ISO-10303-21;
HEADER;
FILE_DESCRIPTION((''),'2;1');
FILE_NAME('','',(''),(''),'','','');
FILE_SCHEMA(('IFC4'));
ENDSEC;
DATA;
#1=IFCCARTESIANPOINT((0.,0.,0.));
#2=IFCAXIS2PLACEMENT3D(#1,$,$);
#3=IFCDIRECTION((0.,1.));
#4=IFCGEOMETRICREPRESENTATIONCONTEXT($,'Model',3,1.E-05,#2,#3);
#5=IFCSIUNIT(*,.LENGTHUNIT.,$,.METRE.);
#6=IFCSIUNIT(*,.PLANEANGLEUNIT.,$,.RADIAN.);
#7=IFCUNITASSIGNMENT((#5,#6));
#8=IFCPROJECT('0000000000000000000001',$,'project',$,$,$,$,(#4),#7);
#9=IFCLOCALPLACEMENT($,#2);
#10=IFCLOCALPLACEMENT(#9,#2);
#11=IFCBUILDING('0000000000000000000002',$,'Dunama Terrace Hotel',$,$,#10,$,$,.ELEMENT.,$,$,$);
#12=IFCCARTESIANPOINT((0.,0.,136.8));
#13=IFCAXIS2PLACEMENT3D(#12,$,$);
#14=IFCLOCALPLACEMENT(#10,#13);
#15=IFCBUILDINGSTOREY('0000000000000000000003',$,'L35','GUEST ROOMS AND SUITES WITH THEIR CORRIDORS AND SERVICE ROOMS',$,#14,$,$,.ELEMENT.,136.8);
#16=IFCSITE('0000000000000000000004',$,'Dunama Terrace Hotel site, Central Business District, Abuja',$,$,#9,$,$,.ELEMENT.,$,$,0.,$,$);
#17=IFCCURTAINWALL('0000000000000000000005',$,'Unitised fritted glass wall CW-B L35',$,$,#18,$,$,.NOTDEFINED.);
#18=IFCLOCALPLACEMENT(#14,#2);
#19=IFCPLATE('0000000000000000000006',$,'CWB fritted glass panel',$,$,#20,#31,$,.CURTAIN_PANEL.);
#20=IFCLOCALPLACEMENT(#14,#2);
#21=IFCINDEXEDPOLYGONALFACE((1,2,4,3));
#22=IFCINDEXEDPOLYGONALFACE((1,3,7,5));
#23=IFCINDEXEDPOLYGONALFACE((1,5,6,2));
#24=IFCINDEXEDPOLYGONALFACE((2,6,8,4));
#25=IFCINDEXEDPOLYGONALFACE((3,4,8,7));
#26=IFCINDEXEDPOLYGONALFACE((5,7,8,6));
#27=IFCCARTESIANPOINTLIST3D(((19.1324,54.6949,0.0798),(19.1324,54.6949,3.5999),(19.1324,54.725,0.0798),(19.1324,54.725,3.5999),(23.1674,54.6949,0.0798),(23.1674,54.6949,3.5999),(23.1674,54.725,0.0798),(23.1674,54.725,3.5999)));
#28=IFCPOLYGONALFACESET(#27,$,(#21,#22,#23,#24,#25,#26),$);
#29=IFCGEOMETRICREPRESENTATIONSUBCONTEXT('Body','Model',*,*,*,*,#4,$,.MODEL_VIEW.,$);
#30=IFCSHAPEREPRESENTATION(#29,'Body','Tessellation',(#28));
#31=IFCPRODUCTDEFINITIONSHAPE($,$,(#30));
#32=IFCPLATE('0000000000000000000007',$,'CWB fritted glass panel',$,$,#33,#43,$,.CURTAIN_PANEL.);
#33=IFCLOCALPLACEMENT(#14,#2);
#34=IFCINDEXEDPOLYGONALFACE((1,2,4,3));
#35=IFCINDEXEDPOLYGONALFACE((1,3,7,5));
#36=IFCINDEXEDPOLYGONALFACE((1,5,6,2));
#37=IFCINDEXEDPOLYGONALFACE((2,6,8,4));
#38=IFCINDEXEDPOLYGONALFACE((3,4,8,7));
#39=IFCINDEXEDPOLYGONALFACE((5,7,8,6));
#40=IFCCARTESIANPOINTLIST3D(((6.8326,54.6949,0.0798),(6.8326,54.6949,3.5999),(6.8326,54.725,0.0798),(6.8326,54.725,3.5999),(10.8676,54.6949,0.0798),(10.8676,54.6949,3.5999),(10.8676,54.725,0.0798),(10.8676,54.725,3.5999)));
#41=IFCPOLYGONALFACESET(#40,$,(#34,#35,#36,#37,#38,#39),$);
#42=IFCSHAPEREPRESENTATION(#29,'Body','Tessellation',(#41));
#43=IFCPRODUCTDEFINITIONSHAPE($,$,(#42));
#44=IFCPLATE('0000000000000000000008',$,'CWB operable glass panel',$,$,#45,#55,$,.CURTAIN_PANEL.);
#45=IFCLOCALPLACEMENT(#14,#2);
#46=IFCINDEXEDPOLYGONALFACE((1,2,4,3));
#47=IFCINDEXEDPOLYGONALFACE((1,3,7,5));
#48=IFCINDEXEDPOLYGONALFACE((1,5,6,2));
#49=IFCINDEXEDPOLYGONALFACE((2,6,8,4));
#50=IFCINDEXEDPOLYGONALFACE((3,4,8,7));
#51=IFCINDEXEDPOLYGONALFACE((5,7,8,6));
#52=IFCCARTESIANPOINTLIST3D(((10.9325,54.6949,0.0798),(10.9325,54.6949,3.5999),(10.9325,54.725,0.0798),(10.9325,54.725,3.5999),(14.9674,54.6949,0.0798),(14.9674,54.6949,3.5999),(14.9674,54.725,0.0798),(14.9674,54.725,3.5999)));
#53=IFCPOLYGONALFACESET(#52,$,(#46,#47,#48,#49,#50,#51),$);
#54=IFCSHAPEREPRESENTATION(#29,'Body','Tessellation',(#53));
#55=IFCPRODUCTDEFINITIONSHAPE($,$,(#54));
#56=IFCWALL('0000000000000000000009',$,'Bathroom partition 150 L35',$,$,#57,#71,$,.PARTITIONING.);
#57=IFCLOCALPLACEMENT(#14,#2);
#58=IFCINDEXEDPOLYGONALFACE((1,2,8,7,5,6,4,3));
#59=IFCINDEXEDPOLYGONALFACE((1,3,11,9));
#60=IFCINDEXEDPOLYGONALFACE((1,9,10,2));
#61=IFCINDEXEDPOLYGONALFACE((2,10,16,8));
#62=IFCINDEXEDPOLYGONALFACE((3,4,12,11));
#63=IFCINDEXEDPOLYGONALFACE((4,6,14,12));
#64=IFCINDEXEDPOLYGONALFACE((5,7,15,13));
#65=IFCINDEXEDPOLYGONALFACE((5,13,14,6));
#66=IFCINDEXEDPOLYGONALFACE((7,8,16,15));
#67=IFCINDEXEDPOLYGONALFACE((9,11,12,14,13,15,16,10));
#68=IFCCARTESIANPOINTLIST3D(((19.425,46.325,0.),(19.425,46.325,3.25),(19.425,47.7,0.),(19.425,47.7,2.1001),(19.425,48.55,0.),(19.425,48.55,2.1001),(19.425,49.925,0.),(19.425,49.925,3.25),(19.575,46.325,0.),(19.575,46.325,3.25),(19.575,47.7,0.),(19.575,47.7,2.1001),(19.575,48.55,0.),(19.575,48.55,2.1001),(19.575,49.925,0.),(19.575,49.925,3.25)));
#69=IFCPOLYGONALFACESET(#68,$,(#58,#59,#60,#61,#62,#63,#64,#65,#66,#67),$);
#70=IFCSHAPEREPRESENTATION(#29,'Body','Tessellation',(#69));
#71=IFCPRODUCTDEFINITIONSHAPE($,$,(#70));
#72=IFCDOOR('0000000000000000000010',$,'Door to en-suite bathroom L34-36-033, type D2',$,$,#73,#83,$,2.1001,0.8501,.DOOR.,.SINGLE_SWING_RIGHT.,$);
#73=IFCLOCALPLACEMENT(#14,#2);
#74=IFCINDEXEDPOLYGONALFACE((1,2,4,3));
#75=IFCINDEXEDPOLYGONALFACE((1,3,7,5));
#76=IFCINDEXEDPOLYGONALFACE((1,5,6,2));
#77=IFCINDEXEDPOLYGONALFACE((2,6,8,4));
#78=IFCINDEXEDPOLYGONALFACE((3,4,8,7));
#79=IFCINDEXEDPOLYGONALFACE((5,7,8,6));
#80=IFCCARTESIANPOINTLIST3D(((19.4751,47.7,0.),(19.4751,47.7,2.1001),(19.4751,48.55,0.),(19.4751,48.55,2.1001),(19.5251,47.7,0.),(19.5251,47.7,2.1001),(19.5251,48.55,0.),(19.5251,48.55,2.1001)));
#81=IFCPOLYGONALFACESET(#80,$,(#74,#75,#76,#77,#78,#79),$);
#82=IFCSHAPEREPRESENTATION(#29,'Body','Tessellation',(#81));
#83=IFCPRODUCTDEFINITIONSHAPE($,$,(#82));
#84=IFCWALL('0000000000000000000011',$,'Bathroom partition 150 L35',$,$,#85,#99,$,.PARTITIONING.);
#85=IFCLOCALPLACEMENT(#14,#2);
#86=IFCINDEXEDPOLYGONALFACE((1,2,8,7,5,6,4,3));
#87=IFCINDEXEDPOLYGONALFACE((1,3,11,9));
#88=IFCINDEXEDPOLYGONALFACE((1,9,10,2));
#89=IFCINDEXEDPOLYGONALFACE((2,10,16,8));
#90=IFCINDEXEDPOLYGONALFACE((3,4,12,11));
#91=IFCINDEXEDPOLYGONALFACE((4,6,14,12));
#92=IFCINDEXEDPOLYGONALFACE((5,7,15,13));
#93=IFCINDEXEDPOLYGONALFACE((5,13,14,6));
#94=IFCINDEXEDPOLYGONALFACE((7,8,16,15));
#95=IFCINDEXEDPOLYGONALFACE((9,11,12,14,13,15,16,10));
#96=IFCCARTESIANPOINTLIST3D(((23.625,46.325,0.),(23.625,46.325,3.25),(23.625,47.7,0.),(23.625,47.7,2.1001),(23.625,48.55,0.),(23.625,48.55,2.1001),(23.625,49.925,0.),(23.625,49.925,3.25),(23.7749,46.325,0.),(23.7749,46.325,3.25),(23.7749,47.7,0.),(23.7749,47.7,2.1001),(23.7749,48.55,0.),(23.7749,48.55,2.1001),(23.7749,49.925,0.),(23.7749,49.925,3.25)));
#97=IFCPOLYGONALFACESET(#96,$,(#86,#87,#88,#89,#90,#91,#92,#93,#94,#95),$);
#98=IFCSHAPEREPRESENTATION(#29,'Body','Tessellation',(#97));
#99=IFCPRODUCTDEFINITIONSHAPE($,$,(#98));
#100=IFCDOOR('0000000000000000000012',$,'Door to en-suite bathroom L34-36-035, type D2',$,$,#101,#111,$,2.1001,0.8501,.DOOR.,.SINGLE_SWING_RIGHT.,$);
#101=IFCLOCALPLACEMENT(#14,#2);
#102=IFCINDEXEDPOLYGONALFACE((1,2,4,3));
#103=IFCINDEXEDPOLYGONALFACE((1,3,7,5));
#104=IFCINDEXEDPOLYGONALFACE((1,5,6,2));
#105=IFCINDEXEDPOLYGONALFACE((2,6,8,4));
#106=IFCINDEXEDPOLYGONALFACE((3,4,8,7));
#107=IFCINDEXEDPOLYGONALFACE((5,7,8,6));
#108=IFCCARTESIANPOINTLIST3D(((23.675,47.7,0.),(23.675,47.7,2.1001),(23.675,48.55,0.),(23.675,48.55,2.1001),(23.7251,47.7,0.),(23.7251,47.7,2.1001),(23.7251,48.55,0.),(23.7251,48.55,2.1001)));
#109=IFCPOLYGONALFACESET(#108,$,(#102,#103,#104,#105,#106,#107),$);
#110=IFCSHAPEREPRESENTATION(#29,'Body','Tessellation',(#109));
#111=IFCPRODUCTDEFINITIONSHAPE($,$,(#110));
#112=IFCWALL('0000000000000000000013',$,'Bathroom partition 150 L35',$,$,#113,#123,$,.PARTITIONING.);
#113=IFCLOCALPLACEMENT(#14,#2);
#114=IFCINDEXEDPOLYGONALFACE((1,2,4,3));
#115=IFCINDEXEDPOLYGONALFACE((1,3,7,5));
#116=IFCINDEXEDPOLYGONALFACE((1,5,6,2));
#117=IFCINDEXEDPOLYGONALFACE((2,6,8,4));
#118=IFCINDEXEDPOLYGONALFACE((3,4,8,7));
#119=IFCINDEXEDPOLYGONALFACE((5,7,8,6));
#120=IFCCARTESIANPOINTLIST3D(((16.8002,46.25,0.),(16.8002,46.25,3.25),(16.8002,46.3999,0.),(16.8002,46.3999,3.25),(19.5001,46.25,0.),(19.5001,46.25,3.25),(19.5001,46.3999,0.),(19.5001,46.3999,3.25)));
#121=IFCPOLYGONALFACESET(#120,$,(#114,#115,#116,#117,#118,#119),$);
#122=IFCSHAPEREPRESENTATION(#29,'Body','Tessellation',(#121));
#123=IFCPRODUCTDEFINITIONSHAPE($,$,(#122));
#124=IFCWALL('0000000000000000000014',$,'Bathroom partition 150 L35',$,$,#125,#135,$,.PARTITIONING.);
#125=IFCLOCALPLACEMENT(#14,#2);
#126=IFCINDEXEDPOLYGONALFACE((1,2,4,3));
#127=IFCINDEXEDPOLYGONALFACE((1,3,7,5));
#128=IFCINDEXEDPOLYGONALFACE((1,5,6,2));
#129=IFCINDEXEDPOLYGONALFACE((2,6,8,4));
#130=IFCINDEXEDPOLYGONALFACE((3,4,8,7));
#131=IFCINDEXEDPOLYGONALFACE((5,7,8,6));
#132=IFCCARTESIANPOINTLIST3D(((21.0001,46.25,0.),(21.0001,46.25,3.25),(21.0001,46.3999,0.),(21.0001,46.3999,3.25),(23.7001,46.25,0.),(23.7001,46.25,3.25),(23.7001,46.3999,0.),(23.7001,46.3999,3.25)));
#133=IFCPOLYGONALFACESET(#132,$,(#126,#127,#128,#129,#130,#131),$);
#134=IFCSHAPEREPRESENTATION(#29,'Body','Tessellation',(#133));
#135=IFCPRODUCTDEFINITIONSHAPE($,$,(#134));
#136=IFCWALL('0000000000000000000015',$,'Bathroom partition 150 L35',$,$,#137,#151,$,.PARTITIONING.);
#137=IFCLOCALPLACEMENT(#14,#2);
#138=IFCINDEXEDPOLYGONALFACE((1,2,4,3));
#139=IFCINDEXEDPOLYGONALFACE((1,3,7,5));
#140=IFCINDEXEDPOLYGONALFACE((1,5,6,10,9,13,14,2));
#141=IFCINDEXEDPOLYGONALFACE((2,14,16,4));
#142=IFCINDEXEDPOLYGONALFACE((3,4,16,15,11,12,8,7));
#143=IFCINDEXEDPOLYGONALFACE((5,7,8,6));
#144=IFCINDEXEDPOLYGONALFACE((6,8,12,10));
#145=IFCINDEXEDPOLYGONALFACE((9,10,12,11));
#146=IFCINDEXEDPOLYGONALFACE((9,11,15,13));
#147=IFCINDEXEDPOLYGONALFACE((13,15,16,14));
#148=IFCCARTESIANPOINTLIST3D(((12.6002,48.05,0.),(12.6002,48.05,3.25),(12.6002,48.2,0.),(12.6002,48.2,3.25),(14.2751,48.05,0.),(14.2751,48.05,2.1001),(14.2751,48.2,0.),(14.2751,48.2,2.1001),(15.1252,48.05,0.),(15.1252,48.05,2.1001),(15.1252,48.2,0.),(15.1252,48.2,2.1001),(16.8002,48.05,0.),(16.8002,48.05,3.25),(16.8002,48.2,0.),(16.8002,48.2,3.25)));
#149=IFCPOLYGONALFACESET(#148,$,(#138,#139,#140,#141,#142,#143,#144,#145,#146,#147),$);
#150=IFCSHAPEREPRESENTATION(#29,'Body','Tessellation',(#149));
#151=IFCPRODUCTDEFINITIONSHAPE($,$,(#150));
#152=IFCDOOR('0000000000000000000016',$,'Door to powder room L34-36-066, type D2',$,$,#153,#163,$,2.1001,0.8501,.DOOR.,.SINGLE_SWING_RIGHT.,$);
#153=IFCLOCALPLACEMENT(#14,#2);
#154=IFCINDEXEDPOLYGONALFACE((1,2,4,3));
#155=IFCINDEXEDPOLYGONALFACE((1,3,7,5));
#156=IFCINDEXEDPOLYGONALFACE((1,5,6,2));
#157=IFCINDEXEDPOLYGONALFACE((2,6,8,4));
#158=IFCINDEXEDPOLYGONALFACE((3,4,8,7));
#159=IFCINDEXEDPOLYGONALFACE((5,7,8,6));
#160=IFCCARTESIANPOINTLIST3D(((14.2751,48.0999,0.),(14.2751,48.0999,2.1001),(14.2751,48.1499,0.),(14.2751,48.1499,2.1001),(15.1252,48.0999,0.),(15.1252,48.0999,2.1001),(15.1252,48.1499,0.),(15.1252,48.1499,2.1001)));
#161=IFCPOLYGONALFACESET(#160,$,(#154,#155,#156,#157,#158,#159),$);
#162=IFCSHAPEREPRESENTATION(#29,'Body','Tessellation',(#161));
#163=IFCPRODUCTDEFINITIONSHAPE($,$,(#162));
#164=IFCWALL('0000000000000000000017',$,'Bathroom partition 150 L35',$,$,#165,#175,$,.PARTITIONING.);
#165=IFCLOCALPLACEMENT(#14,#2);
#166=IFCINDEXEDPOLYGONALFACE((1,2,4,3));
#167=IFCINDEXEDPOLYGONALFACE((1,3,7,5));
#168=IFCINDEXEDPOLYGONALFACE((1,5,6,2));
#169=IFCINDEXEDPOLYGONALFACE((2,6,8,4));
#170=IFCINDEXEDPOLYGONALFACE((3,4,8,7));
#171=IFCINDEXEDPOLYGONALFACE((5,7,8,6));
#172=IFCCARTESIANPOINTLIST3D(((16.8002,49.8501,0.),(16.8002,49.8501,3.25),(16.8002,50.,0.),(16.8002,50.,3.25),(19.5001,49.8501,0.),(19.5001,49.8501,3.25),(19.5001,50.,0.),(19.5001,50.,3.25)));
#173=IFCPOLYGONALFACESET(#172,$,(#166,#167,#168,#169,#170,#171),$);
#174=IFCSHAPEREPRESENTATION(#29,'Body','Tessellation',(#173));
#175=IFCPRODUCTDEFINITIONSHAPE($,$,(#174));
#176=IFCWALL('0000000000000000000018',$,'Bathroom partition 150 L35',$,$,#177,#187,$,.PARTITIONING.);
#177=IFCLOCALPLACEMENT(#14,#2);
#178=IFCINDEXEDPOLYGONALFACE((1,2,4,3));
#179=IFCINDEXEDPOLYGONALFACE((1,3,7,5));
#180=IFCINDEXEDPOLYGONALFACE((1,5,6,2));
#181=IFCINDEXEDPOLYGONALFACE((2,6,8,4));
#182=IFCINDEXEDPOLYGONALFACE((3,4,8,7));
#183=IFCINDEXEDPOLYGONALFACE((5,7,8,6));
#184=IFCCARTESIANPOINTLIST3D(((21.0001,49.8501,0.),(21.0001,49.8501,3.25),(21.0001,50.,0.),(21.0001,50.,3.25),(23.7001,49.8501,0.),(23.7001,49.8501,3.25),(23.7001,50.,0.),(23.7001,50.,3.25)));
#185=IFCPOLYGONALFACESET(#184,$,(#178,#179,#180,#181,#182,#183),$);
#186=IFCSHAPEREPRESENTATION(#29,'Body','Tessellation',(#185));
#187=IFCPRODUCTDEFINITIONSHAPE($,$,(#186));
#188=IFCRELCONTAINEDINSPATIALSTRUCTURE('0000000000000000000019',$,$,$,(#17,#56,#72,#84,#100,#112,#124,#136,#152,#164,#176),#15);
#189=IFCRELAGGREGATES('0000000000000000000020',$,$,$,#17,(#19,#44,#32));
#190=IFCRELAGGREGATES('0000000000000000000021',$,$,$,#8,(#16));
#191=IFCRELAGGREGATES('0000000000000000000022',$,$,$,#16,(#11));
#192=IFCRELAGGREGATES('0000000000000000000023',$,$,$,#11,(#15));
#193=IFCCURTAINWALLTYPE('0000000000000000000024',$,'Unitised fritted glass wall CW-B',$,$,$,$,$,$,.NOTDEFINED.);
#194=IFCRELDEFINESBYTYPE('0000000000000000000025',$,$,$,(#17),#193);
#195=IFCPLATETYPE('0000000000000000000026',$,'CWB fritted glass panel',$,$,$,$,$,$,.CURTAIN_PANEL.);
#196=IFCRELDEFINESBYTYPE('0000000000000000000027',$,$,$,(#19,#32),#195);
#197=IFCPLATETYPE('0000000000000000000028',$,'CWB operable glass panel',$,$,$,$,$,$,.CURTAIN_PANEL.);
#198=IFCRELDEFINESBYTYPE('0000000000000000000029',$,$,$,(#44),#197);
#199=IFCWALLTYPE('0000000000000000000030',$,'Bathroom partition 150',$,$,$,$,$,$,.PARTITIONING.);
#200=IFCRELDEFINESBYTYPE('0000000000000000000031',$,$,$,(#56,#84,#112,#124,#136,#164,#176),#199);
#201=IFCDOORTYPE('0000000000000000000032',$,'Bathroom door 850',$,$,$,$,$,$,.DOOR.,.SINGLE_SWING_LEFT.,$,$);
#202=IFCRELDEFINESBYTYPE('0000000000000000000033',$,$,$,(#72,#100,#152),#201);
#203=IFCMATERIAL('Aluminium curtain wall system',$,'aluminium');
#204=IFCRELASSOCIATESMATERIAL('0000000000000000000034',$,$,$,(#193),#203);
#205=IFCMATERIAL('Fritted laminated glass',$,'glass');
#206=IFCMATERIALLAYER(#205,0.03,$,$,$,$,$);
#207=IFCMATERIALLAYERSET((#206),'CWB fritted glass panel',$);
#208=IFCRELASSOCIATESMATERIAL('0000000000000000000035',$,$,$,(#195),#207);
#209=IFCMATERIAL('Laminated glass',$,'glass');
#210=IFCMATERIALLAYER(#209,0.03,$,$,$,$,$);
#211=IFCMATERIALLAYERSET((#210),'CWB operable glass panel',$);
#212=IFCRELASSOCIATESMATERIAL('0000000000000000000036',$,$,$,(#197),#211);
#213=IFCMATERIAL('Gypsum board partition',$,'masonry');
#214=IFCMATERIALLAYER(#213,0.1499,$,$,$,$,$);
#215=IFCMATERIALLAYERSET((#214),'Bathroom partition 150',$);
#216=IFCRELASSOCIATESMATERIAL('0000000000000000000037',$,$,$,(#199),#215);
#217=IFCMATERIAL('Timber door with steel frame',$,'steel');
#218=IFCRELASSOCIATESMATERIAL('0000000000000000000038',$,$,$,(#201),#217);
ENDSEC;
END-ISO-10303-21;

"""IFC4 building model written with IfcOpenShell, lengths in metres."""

from ifc_helpers import new_model, si_unit, direction, frame, frame_2d, origin, origin_2d, place, context, subcontext, project, spatial, rectangle, extrude, material, layer, layer_set, type_object, element, fill, aggregate, save


model = new_model("IFC4")

# Units and contexts
model_context = context("Model", 3, precision=1e-05, world=origin(), true_north=direction((0.0, 1.0)))
body_context = subcontext(model_context, "Body", "Model", "MODEL_VIEW")
ifc_project = project(units=[si_unit("LENGTHUNIT", "METRE"), si_unit("PLANEANGLEUNIT", "RADIAN")], contexts=[model_context])

# Site, building, storey
site_placement = place(None, origin())
site = spatial("IfcSite", under=ifc_project, at=site_placement, Name="Dunama Terrace Hotel site, Central Business District, Abuja", CompositionType="ELEMENT", RefElevation=0.0)
building_placement = place(site_placement, origin())
building = spatial("IfcBuilding", under=site, at=building_placement, Name="Dunama Terrace Hotel", CompositionType="ELEMENT")
storey_placement = place(building_placement, frame((0.0, 0.0, 136.8)))
storey = spatial("IfcBuildingStorey", under=building, at=storey_placement, Name="L35", Description="GUEST ROOMS AND SUITES WITH THEIR CORRIDORS AND SERVICE ROOMS", CompositionType="ELEMENT", Elevation=136.8)

# Curtain wall
ifc_material_1 = material(Name="Aluminium curtain wall system", Category="aluminium")
curtain_wall_type = type_object("IfcCurtainWallType", Name="Unitised fritted glass wall CW-B", PredefinedType="NOTDEFINED", material=ifc_material_1)
curtain_wall_placement = place(storey_placement, origin())
curtain_wall = element("IfcCurtainWall", 1, at=curtain_wall_placement, inside=storey, type_object=curtain_wall_type, Name="Unitised fritted glass wall CW-B L35", PredefinedType="NOTDEFINED")

# Plates
ifc_material_2 = material(Name="Fritted laminated glass", Category="glass")
ifc_layer_1 = layer(ifc_material_2, 0.03)
ifc_layer_set_1 = layer_set([ifc_layer_1], Name="CWB fritted glass panel")
plate_type_1 = type_object("IfcPlateType", Name="CWB fritted glass panel", PredefinedType="CURTAIN_PANEL", material=ifc_layer_set_1)
plate_1_placement = place(storey_placement, frame((21.1499, 54.71, 0.0798), z_axis=(0.0, 0.0, 1.0), x_axis=(-1.0, 0.0, 0.0)))
plate_1 = element("IfcPlate", 2, at=plate_1_placement, type_object=plate_type_1, Name="CWB fritted glass panel", PredefinedType="CURTAIN_PANEL", context=body_context, shape_type="SweptSolid", body=[
    extrude(rectangle(XDim=4.0349, YDim=0.03, at=origin_2d()), origin(), (0.0, 0.0, 1.0), 3.52),
])
plate_2_placement = place(storey_placement, frame((8.8501, 54.71, 0.0798), z_axis=(0.0, 0.0, 1.0), x_axis=(-1.0, 0.0, 0.0)))
plate_2 = element("IfcPlate", 3, at=plate_2_placement, type_object=plate_type_1, Name="CWB fritted glass panel", PredefinedType="CURTAIN_PANEL", context=body_context, shape_type="SweptSolid", body=[
    extrude(rectangle(XDim=4.0349, YDim=0.03, at=origin_2d()), origin(), (0.0, 0.0, 1.0), 3.52),
])
ifc_material_3 = material(Name="Laminated glass", Category="glass")
ifc_layer_2 = layer(ifc_material_3, 0.03)
ifc_layer_set_2 = layer_set([ifc_layer_2], Name="CWB operable glass panel")
plate_type_2 = type_object("IfcPlateType", Name="CWB operable glass panel", PredefinedType="CURTAIN_PANEL", material=ifc_layer_set_2)
plate_3_placement = place(storey_placement, frame((12.95, 54.71, 0.0798), z_axis=(0.0, 0.0, 1.0), x_axis=(-1.0, 0.0, 0.0)))
plate_3 = element("IfcPlate", 4, at=plate_3_placement, type_object=plate_type_2, Name="CWB operable glass panel", PredefinedType="CURTAIN_PANEL", context=body_context, shape_type="SweptSolid", body=[
    extrude(rectangle(XDim=4.0349, YDim=0.03, at=origin_2d()), origin(), (0.0, 0.0, 1.0), 3.52),
])
aggregate(curtain_wall, [plate_1, plate_3, plate_2])

# Walls, openings, doors
ifc_material_4 = material(Name="Gypsum board partition", Category="masonry")
ifc_layer_3 = layer(ifc_material_4, 0.1499)
ifc_layer_set_3 = layer_set([ifc_layer_3], Name="Bathroom partition 150")
wall_type = type_object("IfcWallType", Name="Bathroom partition 150", PredefinedType="PARTITIONING", material=ifc_layer_set_3)
wall_1_placement = place(storey_placement, frame((19.5, 46.325, 0.0), z_axis=(0.0, 0.0, 1.0), x_axis=(0.0, 1.0, 0.0)))
wall_1 = element("IfcWall", 5, at=wall_1_placement, inside=storey, type_object=wall_type, Name="Bathroom partition 150 L35", PredefinedType="PARTITIONING", context=body_context, shape_type="SweptSolid", body=[
    extrude(rectangle(XDim=3.6001, YDim=0.1499, at=frame_2d((1.8, 0.0))), origin(), (0.0, 0.0, 1.0), 3.25),
])
opening_1_placement = place(wall_1_placement, frame((1.375, 0.0, 0.0)))
opening_1 = element("IfcOpeningElement", 6, at=opening_1_placement, cuts=wall_1, PredefinedType="OPENING", context=body_context, shape_type="SweptSolid", body=[
    extrude(rectangle(XDim=0.8501, YDim=2.1001, at=frame_2d((0.425, 1.05))), frame((0.0, 0.085, 0.0), z_axis=(0.0, -1.0, 0.0), x_axis=(1.0, 0.0, 0.0)), (0.0, 0.0, 1.0), 0.1699),
])
ifc_material_5 = material(Name="Timber door with steel frame", Category="steel")
door_type = type_object("IfcDoorType", Name="Bathroom door 850", OperationType="SINGLE_SWING_LEFT", PredefinedType="DOOR", material=ifc_material_5)
door_1_placement = place(opening_1_placement, origin())
door_1 = element("IfcDoor", 7, at=door_1_placement, inside=storey, type_object=door_type, Name="Door to en-suite bathroom L34-36-033, type D2", OperationType="SINGLE_SWING_RIGHT", OverallHeight=2.1001, OverallWidth=0.8501, PredefinedType="DOOR", context=body_context, shape_type="SweptSolid", body=[
    extrude(rectangle(XDim=0.8501, YDim=2.1001, at=frame_2d((0.425, 1.05))), frame((0.0, 0.0249, 0.0), z_axis=(0.0, -1.0, 0.0), x_axis=(1.0, 0.0, 0.0)), (0.0, 0.0, 1.0), 0.05),
])
fill(opening_1, door_1)
wall_2_placement = place(storey_placement, frame((23.7, 46.325, 0.0), z_axis=(0.0, 0.0, 1.0), x_axis=(0.0, 1.0, 0.0)))
wall_2 = element("IfcWall", 8, at=wall_2_placement, inside=storey, type_object=wall_type, Name="Bathroom partition 150 L35", PredefinedType="PARTITIONING", context=body_context, shape_type="SweptSolid", body=[
    extrude(rectangle(XDim=3.6001, YDim=0.1499, at=frame_2d((1.8, 0.0))), origin(), (0.0, 0.0, 1.0), 3.25),
])
opening_2_placement = place(wall_2_placement, frame((1.375, 0.0, 0.0)))
opening_2 = element("IfcOpeningElement", 9, at=opening_2_placement, cuts=wall_2, PredefinedType="OPENING", context=body_context, shape_type="SweptSolid", body=[
    extrude(rectangle(XDim=0.8501, YDim=2.1001, at=frame_2d((0.425, 1.05))), frame((0.0, 0.085, 0.0), z_axis=(0.0, -1.0, 0.0), x_axis=(1.0, 0.0, 0.0)), (0.0, 0.0, 1.0), 0.1699),
])
door_2_placement = place(opening_2_placement, origin())
door_2 = element("IfcDoor", 10, at=door_2_placement, inside=storey, type_object=door_type, Name="Door to en-suite bathroom L34-36-035, type D2", OperationType="SINGLE_SWING_RIGHT", OverallHeight=2.1001, OverallWidth=0.8501, PredefinedType="DOOR", context=body_context, shape_type="SweptSolid", body=[
    extrude(rectangle(XDim=0.8501, YDim=2.1001, at=frame_2d((0.425, 1.05))), frame((0.0, 0.0249, 0.0), z_axis=(0.0, -1.0, 0.0), x_axis=(1.0, 0.0, 0.0)), (0.0, 0.0, 1.0), 0.05),
])
fill(opening_2, door_2)

# Walls
for number, where, z_axis, x_axis, name in (
    (11, (16.8, 46.325, 0.0), (0.0, 0.0, 1.0), (1.0, 0.0, 0.0), "Bathroom partition 150 L35"),
    (12, (21.0, 46.325, 0.0), (0.0, 0.0, 1.0), (1.0, 0.0, 0.0), "Bathroom partition 150 L35"),
):
    element("IfcWall", number, at=place(storey_placement, frame(where, z_axis=z_axis, x_axis=x_axis)), inside=storey, type_object=wall_type, Name=name, PredefinedType="PARTITIONING", context=body_context, shape_type="SweptSolid", body=[
        extrude(rectangle(XDim=2.7, YDim=0.1499, at=frame_2d((1.3501, 0.0))), origin(), (0.0, 0.0, 1.0), 3.25),
    ])

# Wall, opening, door
wall_3_placement = place(storey_placement, frame((12.6001, 48.125, 0.0), z_axis=(0.0, 0.0, 1.0), x_axis=(1.0, 0.0, 0.0)))
wall_3 = element("IfcWall", 13, at=wall_3_placement, inside=storey, type_object=wall_type, Name="Bathroom partition 150 L35", PredefinedType="PARTITIONING", context=body_context, shape_type="SweptSolid", body=[
    extrude(rectangle(XDim=4.2, YDim=0.1499, at=frame_2d((2.1001, 0.0))), origin(), (0.0, 0.0, 1.0), 3.25),
])
opening_3_placement = place(wall_3_placement, frame((1.675, 0.0, 0.0)))
opening_3 = element("IfcOpeningElement", 14, at=opening_3_placement, cuts=wall_3, PredefinedType="OPENING", context=body_context, shape_type="SweptSolid", body=[
    extrude(rectangle(XDim=0.8501, YDim=2.1001, at=frame_2d((0.425, 1.05))), frame((0.0, 0.085, 0.0), z_axis=(0.0, -1.0, 0.0), x_axis=(1.0, 0.0, 0.0)), (0.0, 0.0, 1.0), 0.1699),
])
door_3_placement = place(opening_3_placement, frame((0.8501, 0.0, 0.0), z_axis=(0.0, 0.0, 1.0), x_axis=(-1.0, 0.0, 0.0)))
door_3 = element("IfcDoor", 15, at=door_3_placement, inside=storey, type_object=door_type, Name="Door to powder room L34-36-066, type D2", OperationType="SINGLE_SWING_RIGHT", OverallHeight=2.1001, OverallWidth=0.8501, PredefinedType="DOOR", context=body_context, shape_type="SweptSolid", body=[
    extrude(rectangle(XDim=0.8501, YDim=2.1001, at=frame_2d((0.425, 1.05))), frame((0.0, 0.0251, 0.0), z_axis=(0.0, -1.0, 0.0), x_axis=(1.0, 0.0, 0.0)), (0.0, 0.0, 1.0), 0.05),
])
fill(opening_3, door_3)

# Walls
for number, where, z_axis, x_axis, name in (
    (16, (16.8, 49.925, 0.0), (0.0, 0.0, 1.0), (1.0, 0.0, 0.0), "Bathroom partition 150 L35"),
    (17, (21.0, 49.925, 0.0), (0.0, 0.0, 1.0), (1.0, 0.0, 0.0), "Bathroom partition 150 L35"),
):
    element("IfcWall", number, at=place(storey_placement, frame(where, z_axis=z_axis, x_axis=x_axis)), inside=storey, type_object=wall_type, Name=name, PredefinedType="PARTITIONING", context=body_context, shape_type="SweptSolid", body=[
        extrude(rectangle(XDim=2.7, YDim=0.1499, at=frame_2d((1.3501, 0.0))), origin(), (0.0, 0.0, 1.0), 3.25),
    ])

save(model, "model.ifc")
